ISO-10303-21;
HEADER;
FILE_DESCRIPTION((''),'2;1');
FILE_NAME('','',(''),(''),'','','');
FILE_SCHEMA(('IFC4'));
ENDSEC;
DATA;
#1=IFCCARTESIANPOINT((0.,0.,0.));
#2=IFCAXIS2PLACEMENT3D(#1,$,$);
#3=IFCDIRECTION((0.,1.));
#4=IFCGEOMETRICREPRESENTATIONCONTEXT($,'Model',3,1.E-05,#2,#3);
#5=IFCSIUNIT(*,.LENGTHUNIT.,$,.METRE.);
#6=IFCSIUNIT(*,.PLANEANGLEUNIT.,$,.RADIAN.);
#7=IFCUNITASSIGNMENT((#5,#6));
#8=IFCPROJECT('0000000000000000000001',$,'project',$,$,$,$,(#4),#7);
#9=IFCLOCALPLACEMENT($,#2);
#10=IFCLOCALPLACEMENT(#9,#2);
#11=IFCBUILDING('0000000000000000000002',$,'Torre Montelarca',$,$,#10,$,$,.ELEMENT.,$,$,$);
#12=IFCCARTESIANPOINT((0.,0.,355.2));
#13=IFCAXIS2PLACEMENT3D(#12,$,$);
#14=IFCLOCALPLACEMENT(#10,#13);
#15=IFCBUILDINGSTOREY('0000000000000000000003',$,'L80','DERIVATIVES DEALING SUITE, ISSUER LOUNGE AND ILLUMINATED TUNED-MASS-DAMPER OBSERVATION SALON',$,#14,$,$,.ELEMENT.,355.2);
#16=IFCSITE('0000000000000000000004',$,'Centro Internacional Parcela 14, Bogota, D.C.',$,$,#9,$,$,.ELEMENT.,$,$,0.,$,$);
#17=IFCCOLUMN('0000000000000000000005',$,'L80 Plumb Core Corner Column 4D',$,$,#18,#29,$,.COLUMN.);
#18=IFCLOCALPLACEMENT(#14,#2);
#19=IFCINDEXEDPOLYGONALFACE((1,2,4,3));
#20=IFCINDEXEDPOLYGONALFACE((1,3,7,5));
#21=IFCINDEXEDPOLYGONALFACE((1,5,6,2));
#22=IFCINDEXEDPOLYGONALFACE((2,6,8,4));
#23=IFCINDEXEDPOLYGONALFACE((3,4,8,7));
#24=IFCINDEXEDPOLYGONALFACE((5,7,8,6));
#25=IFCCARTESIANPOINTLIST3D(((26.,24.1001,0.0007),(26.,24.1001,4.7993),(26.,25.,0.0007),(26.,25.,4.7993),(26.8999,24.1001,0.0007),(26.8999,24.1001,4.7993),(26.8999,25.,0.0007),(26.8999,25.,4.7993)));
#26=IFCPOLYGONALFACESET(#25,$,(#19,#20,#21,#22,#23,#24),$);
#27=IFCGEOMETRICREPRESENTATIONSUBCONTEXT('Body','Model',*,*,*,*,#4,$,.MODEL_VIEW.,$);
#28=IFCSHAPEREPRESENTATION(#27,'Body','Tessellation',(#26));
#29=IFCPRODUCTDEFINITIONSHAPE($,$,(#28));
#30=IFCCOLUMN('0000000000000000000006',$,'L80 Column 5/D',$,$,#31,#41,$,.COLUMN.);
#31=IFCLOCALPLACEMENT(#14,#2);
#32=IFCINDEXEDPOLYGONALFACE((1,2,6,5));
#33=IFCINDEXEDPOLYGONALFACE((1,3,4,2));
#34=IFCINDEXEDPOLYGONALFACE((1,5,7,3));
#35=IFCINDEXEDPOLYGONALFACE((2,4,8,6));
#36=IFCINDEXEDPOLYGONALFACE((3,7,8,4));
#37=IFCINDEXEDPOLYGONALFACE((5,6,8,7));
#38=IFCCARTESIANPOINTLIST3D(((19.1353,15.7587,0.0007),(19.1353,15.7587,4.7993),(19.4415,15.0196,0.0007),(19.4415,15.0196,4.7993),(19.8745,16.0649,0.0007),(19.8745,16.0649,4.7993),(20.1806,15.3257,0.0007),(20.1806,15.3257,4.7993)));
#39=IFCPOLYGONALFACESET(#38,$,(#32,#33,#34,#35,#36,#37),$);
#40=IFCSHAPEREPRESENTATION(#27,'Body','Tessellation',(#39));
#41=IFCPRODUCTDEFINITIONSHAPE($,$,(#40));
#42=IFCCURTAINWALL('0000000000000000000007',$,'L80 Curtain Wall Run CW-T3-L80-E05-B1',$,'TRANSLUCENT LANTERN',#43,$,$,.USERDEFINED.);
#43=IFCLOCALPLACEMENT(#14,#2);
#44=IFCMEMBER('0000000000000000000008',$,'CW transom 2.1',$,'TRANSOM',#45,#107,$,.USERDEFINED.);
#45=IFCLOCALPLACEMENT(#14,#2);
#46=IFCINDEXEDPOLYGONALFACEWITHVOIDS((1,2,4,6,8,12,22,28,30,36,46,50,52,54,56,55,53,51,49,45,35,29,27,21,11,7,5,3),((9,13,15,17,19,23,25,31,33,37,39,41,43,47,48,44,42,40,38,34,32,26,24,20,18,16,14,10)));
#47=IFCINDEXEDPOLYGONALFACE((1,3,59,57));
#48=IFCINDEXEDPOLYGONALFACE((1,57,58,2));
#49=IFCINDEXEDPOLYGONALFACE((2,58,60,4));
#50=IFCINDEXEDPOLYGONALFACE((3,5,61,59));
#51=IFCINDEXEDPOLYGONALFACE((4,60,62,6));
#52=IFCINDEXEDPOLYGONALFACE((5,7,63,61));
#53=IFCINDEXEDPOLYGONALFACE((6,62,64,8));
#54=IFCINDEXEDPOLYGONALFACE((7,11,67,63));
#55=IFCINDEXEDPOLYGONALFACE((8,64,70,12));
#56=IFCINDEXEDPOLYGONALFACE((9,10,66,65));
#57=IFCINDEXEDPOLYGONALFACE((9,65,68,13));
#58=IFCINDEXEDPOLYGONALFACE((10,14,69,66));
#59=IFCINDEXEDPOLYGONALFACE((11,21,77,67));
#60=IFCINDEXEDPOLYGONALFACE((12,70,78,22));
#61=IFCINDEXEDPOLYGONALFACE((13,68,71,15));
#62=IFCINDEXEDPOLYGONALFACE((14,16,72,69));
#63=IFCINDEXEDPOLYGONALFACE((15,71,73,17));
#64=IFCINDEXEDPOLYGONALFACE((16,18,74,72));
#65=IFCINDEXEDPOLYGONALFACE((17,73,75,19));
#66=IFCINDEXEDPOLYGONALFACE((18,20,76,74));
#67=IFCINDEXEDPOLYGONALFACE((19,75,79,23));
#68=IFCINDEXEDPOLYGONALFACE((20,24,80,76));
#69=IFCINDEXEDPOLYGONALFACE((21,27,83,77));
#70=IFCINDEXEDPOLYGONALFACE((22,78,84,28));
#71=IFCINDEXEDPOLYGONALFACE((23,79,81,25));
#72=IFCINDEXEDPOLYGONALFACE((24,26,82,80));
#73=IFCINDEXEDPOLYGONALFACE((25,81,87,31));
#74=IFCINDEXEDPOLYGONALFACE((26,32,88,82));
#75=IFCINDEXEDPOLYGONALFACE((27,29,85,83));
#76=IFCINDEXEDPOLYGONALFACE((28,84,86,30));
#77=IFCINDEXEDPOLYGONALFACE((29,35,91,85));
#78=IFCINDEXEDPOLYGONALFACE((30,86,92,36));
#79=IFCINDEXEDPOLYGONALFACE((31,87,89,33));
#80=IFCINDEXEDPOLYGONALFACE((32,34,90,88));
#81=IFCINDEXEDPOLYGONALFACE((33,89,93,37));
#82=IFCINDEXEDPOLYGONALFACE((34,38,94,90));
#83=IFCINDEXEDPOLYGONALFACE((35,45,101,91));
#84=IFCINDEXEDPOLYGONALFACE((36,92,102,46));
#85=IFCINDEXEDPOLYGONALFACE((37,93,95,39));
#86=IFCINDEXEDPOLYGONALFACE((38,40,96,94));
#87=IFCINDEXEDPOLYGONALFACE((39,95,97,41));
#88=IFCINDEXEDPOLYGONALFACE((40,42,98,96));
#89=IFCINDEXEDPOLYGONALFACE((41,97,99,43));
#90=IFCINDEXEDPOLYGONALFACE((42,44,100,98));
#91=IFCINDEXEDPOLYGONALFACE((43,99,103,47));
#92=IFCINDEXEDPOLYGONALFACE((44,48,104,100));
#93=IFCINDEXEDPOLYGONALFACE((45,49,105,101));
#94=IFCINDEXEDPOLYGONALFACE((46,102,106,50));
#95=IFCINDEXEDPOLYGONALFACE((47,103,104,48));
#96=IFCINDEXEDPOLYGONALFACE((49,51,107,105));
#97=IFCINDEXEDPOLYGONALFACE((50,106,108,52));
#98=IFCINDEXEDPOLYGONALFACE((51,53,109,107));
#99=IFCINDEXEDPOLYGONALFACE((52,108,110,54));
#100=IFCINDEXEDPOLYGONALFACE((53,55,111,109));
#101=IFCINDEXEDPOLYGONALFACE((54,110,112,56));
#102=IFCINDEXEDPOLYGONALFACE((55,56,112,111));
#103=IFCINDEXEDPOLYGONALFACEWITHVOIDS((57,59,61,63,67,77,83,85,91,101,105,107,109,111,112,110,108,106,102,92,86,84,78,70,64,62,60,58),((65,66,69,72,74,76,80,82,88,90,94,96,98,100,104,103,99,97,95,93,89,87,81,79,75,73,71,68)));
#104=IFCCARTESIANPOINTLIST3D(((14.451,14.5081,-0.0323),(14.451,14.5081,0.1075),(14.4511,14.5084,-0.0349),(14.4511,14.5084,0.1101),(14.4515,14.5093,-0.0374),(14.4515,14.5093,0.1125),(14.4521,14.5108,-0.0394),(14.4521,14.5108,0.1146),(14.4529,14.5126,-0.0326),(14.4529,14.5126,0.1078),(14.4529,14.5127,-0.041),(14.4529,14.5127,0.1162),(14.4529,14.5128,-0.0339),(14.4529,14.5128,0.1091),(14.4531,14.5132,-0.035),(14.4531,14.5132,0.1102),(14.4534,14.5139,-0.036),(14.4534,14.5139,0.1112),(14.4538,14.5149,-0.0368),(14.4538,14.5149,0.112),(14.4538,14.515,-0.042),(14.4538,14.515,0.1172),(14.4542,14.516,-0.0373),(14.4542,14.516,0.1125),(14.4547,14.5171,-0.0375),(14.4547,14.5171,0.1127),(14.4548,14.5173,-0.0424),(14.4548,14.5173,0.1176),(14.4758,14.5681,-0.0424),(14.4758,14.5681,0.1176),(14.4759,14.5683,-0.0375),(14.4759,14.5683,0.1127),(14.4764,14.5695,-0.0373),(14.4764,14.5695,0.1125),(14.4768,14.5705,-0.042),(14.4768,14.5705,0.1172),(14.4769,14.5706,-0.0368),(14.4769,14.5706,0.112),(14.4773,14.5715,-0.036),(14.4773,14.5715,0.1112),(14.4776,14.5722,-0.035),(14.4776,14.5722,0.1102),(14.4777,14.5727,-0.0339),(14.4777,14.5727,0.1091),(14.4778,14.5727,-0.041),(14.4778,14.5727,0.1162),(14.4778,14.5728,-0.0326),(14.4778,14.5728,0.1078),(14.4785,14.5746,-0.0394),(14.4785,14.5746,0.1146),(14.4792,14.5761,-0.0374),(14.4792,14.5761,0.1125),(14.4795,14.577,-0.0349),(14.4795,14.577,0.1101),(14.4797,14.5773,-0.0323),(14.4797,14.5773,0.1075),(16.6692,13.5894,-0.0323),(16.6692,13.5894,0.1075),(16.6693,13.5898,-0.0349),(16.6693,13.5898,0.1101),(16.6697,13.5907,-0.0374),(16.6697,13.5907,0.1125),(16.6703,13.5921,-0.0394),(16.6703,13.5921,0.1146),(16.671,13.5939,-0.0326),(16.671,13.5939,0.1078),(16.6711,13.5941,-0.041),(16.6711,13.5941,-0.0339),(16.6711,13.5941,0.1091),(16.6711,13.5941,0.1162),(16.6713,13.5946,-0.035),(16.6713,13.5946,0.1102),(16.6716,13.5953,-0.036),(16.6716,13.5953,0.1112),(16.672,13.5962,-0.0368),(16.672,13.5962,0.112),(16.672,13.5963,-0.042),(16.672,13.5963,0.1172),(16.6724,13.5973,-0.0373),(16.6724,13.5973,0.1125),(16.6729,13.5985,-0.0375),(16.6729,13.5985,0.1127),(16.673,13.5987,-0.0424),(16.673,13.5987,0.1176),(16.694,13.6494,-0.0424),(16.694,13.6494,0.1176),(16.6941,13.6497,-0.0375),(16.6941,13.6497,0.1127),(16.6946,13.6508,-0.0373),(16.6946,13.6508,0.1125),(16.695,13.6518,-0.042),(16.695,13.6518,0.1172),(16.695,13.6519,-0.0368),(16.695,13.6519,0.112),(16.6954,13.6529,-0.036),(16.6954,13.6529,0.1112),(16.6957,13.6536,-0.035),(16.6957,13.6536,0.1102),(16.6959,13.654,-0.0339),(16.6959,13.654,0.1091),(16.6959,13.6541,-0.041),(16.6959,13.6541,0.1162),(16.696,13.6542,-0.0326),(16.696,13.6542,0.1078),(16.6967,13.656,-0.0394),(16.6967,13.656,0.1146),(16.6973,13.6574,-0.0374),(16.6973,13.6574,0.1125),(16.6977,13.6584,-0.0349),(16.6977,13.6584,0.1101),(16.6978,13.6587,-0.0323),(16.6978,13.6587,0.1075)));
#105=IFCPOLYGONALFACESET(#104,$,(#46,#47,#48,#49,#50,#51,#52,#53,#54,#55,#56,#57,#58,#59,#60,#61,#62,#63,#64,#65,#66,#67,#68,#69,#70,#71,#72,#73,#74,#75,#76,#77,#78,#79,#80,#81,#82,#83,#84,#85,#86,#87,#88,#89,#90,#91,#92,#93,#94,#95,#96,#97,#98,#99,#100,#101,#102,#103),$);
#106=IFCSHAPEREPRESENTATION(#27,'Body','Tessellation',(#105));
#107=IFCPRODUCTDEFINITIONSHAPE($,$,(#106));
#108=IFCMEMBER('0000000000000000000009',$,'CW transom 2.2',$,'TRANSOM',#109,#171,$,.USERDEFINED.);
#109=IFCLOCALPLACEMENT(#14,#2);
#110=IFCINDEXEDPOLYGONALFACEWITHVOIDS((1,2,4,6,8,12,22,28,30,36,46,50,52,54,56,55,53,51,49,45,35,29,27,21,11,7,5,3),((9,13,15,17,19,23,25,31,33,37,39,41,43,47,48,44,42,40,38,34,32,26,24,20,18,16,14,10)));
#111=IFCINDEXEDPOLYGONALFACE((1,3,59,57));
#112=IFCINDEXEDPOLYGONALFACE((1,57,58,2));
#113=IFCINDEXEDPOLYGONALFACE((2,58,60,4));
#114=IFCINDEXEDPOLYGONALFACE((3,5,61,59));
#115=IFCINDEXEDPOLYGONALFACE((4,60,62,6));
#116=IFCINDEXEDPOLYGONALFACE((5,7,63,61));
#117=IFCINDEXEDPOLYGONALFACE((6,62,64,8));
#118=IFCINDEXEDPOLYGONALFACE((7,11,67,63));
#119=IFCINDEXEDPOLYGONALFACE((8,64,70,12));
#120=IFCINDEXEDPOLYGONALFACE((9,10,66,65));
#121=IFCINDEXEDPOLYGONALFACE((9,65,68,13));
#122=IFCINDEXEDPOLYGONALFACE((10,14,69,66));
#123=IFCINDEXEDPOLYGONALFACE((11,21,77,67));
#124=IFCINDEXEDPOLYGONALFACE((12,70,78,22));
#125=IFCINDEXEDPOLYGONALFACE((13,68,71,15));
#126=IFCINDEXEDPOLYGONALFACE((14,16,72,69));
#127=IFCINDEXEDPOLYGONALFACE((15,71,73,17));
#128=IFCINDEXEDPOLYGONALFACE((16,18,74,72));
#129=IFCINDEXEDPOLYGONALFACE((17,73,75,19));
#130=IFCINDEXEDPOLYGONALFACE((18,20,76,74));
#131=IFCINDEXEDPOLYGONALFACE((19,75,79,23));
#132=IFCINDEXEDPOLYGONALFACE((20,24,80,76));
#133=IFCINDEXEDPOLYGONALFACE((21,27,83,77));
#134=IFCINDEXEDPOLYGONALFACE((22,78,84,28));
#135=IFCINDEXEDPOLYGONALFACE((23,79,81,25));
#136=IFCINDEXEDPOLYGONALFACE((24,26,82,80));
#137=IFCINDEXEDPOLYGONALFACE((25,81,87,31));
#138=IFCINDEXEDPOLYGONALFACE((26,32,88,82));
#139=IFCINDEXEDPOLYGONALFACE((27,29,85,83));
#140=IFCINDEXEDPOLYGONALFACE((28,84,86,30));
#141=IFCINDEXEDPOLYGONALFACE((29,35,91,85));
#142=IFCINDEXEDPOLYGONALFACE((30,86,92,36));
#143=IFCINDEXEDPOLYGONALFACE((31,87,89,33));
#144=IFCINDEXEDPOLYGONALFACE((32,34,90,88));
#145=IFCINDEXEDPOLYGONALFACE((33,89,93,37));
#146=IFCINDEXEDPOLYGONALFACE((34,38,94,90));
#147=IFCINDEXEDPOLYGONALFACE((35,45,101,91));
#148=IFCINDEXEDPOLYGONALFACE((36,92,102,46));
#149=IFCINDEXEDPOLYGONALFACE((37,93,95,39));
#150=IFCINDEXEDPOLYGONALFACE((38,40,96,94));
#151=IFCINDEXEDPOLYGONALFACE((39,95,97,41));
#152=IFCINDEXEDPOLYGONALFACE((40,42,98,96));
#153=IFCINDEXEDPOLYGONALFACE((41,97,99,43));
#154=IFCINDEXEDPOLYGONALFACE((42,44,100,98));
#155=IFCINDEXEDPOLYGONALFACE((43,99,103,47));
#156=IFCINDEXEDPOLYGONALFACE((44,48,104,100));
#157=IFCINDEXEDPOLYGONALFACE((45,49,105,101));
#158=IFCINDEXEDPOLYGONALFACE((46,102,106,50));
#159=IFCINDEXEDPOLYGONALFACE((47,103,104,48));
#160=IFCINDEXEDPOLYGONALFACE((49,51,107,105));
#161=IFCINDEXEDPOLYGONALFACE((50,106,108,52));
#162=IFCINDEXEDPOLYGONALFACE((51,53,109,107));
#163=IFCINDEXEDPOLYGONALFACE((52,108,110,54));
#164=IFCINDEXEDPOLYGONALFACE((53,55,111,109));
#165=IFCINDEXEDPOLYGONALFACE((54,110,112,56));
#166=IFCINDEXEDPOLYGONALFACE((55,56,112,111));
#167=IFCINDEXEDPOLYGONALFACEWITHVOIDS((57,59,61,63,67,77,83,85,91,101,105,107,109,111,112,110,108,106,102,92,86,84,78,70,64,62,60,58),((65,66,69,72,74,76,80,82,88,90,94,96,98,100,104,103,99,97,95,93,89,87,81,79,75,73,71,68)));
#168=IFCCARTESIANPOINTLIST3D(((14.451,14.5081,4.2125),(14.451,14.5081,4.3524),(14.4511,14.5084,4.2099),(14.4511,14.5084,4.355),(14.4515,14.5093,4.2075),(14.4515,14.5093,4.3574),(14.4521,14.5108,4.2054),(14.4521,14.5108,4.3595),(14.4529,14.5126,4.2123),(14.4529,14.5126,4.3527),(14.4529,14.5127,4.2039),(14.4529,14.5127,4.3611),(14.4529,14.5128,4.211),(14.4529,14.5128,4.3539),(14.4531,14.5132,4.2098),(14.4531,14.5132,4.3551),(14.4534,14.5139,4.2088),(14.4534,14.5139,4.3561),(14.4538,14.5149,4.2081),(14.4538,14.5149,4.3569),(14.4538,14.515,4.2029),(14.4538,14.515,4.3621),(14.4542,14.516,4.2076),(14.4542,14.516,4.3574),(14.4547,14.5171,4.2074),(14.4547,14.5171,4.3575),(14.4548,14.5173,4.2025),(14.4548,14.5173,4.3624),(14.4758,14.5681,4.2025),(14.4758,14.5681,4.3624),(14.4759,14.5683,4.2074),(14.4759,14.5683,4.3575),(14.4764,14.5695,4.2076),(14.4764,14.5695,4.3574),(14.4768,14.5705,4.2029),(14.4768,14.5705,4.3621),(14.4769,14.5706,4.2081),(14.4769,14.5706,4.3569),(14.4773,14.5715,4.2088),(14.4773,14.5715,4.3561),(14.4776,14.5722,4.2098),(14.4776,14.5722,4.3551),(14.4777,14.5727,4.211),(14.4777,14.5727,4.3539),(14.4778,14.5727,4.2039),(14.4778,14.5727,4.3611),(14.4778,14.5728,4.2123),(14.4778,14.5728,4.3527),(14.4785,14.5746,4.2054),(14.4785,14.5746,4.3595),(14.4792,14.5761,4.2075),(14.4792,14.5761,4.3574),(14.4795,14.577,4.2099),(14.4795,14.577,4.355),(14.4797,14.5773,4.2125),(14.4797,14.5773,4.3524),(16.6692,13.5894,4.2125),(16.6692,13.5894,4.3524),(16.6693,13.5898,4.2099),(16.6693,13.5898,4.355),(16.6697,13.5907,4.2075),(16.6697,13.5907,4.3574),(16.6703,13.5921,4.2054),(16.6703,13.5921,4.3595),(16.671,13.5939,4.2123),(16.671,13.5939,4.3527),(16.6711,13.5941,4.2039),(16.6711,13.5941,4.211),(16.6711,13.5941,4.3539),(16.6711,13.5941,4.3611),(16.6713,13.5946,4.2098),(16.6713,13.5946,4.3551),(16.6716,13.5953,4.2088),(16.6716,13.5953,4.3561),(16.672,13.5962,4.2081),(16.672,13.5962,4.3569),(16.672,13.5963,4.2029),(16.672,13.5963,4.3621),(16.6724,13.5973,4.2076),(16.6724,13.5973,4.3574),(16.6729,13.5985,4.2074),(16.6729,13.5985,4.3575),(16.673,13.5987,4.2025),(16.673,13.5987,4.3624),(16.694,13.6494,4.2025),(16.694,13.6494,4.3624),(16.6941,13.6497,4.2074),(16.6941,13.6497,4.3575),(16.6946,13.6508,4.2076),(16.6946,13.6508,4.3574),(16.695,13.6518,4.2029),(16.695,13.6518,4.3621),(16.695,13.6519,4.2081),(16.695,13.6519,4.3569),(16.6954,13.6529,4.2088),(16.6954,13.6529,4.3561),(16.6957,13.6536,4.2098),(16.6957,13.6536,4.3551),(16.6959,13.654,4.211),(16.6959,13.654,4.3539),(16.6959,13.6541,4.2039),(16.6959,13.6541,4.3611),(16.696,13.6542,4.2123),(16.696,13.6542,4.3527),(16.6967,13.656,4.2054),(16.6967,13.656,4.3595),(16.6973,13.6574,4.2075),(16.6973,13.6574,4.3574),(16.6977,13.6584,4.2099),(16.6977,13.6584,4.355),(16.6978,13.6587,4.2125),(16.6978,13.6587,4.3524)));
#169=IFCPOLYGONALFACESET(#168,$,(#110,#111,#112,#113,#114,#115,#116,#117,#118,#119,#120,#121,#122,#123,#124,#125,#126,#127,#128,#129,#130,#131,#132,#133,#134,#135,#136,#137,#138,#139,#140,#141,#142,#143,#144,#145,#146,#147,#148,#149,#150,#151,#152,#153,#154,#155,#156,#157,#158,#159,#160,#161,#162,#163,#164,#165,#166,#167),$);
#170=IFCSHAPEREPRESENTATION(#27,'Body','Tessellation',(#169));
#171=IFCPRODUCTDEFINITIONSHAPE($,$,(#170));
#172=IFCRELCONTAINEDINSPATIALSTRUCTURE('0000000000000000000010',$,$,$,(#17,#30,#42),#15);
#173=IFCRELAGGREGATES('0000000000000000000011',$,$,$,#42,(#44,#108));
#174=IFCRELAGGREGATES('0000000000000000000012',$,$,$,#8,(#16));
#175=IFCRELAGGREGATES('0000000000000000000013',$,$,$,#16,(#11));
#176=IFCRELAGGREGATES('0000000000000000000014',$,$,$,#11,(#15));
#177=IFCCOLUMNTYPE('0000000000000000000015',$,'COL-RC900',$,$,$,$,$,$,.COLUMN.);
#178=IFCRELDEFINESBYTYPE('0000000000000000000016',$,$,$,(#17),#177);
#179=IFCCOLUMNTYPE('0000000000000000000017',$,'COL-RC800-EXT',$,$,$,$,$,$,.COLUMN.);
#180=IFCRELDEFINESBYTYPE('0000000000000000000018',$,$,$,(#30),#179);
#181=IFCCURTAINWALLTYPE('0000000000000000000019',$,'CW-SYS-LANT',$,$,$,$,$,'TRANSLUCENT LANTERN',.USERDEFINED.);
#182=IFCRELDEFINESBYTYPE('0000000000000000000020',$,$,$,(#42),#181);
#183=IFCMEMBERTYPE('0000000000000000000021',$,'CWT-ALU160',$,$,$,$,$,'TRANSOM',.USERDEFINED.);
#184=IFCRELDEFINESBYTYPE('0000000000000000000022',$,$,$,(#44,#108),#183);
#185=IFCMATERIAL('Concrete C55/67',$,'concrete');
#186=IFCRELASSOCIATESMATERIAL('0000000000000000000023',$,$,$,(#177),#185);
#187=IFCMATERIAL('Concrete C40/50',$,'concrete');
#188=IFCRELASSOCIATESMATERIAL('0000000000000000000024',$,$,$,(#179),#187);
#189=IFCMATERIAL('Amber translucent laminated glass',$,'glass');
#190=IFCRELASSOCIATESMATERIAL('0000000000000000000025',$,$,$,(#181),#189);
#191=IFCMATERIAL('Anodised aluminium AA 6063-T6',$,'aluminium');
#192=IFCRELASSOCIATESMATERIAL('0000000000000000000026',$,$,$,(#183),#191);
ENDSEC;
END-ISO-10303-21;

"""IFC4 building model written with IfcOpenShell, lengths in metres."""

from ifc_helpers import new_model, si_unit, direction, frame, origin, origin_2d, place, context, subcontext, project, spatial, rectangle, hollow_rectangle, extrude, source, transform, mapped, material, material_profile, profile_set, type_object, element, aggregate, save


model = new_model("IFC4")

# Units and contexts
model_context = context("Model", 3, precision=1e-05, world=origin(), true_north=direction((0.0, 1.0)))
body_context = subcontext(model_context, "Body", "Model", "MODEL_VIEW")
ifc_project = project(units=[si_unit("LENGTHUNIT", "METRE"), si_unit("PLANEANGLEUNIT", "RADIAN")], contexts=[model_context])

# Site, building, storey
site_placement = place(None, origin())
site = spatial("IfcSite", under=ifc_project, at=site_placement, Name="Centro Internacional Parcela 14, Bogota, D.C.", CompositionType="ELEMENT", RefElevation=0.0)
building_placement = place(site_placement, origin())
building = spatial("IfcBuilding", under=site, at=building_placement, Name="Torre Montelarca", CompositionType="ELEMENT")
storey_placement = place(building_placement, frame((0.0, 0.0, 355.2)))
storey = spatial("IfcBuildingStorey", under=building, at=storey_placement, Name="L80", Description="DERIVATIVES DEALING SUITE, ISSUER LOUNGE AND ILLUMINATED TUNED-MASS-DAMPER OBSERVATION SALON", CompositionType="ELEMENT", Elevation=355.2)

# Columns
ifc_material_1 = material(Name="Concrete C55/67", Category="concrete")
ifc_material_profile_1 = material_profile(ifc_material_1, rectangle(XDim=0.8999, YDim=0.8999, at=origin_2d()), Name="RC900X900", Category="concrete")
ifc_profile_set_1 = profile_set([ifc_material_profile_1], Name="Concrete C55/67")
column_type_1 = type_object("IfcColumnType", Name="COL-RC900", PredefinedType="COLUMN", material=ifc_profile_set_1)
shared_shape_1 = source(origin(), body_context, "Body", "SweptSolid", [
    extrude(rectangle(XDim=0.8999, YDim=0.8999, at=origin_2d()), origin(), (0.0, 0.0, 1.0), 4.7986),
])
column_1_placement = place(storey_placement, frame((26.45, 24.55, 0.0007), z_axis=(0.0, 0.0, 1.0), x_axis=(1.0, 0.0, 0.0)))
element("IfcColumn", 1, at=column_1_placement, inside=storey, type_object=column_type_1, Name="L80 Plumb Core Corner Column 4D", PredefinedType="COLUMN", context=body_context, shape_type="MappedRepresentation", body=[
    mapped(shared_shape_1, transform((0.0, 0.0, 0.0), scale=1.0)),
])
ifc_material_2 = material(Name="Concrete C40/50", Category="concrete")
ifc_material_profile_2 = material_profile(ifc_material_2, rectangle(XDim=0.8, YDim=0.8, at=origin_2d()), Name="RC800X800", Category="concrete")
ifc_profile_set_2 = profile_set([ifc_material_profile_2], Name="Concrete C40/50")
column_type_2 = type_object("IfcColumnType", Name="COL-RC800-EXT", PredefinedType="COLUMN", material=ifc_profile_set_2)
shared_shape_2 = source(origin(), body_context, "Body", "SweptSolid", [
    extrude(rectangle(XDim=0.8, YDim=0.8, at=origin_2d()), origin(), (0.0, 0.0, 1.0), 4.7986),
])
column_2_placement = place(storey_placement, frame((19.658, 15.5422, 0.0007), z_axis=(0.0, 0.0, 1.0), x_axis=(-0.382683, 0.92388, 0.0)))
element("IfcColumn", 2, at=column_2_placement, inside=storey, type_object=column_type_2, Name="L80 Column 5/D", PredefinedType="COLUMN", context=body_context, shape_type="MappedRepresentation", body=[
    mapped(shared_shape_2, transform((0.0, 0.0, 0.0), scale=1.0)),
])

# Curtain wall, members
ifc_material_3 = material(Name="Amber translucent laminated glass", Category="glass")
curtain_wall_type = type_object("IfcCurtainWallType", Name="CW-SYS-LANT", ElementType="TRANSLUCENT LANTERN", PredefinedType="USERDEFINED", material=ifc_material_3)
curtain_wall_placement = place(storey_placement, origin())
curtain_wall = element("IfcCurtainWall", 3, at=curtain_wall_placement, inside=storey, type_object=curtain_wall_type, Name="L80 Curtain Wall Run CW-T3-L80-E05-B1", ObjectType="TRANSLUCENT LANTERN", PredefinedType="USERDEFINED")
ifc_material_4 = material(Name="Anodised aluminium AA 6063-T6", Category="aluminium")
ifc_material_profile_3 = material_profile(ifc_material_4, hollow_rectangle(XDim=0.075, YDim=0.1599, WallThickness=0.0049, InnerFilletRadius=0.0049, OuterFilletRadius=0.01, at=origin_2d()), Name="ALU75X160X5", Category="aluminium")
ifc_profile_set_3 = profile_set([ifc_material_profile_3], Name="Anodised aluminium AA 6063-T6")
member_type_1 = type_object("IfcMemberType", Name="CWT-ALU160", ElementType="TRANSOM", PredefinedType="USERDEFINED", material=ifc_profile_set_3)
shared_shape_3 = source(origin(), body_context, "Body", "SweptSolid", [
    extrude(hollow_rectangle(XDim=0.075, YDim=0.1599, WallThickness=0.0049, InnerFilletRadius=0.0049, OuterFilletRadius=0.01, at=origin_2d()), origin(), (0.0, 0.0, 1.0), 2.4009),
])
member_1_placement = place(storey_placement, frame((14.4653, 14.5427, 0.0376), z_axis=(0.923899, -0.382636, 0.0), x_axis=(0.382636, 0.923899, 0.0)))
member_1 = element("IfcMember", 4, at=member_1_placement, type_object=member_type_1, Name="CW transom 2.1", ObjectType="TRANSOM", PredefinedType="USERDEFINED", context=body_context, shape_type="MappedRepresentation", body=[
    mapped(shared_shape_3, transform((0.0, 0.0, 0.0), scale=1.0)),
])
member_2_placement = place(storey_placement, frame((14.4653, 14.5427, 4.2825), z_axis=(0.923899, -0.382636, 0.0), x_axis=(0.382636, 0.923899, 0.0)))
member_2 = element("IfcMember", 5, at=member_2_placement, type_object=member_type_1, Name="CW transom 2.2", ObjectType="TRANSOM", PredefinedType="USERDEFINED", context=body_context, shape_type="MappedRepresentation", body=[
    mapped(shared_shape_3, transform((0.0, 0.0, 0.0), scale=1.0)),
])
aggregate(curtain_wall, [member_1, member_2])

save(model, "model.ifc")
